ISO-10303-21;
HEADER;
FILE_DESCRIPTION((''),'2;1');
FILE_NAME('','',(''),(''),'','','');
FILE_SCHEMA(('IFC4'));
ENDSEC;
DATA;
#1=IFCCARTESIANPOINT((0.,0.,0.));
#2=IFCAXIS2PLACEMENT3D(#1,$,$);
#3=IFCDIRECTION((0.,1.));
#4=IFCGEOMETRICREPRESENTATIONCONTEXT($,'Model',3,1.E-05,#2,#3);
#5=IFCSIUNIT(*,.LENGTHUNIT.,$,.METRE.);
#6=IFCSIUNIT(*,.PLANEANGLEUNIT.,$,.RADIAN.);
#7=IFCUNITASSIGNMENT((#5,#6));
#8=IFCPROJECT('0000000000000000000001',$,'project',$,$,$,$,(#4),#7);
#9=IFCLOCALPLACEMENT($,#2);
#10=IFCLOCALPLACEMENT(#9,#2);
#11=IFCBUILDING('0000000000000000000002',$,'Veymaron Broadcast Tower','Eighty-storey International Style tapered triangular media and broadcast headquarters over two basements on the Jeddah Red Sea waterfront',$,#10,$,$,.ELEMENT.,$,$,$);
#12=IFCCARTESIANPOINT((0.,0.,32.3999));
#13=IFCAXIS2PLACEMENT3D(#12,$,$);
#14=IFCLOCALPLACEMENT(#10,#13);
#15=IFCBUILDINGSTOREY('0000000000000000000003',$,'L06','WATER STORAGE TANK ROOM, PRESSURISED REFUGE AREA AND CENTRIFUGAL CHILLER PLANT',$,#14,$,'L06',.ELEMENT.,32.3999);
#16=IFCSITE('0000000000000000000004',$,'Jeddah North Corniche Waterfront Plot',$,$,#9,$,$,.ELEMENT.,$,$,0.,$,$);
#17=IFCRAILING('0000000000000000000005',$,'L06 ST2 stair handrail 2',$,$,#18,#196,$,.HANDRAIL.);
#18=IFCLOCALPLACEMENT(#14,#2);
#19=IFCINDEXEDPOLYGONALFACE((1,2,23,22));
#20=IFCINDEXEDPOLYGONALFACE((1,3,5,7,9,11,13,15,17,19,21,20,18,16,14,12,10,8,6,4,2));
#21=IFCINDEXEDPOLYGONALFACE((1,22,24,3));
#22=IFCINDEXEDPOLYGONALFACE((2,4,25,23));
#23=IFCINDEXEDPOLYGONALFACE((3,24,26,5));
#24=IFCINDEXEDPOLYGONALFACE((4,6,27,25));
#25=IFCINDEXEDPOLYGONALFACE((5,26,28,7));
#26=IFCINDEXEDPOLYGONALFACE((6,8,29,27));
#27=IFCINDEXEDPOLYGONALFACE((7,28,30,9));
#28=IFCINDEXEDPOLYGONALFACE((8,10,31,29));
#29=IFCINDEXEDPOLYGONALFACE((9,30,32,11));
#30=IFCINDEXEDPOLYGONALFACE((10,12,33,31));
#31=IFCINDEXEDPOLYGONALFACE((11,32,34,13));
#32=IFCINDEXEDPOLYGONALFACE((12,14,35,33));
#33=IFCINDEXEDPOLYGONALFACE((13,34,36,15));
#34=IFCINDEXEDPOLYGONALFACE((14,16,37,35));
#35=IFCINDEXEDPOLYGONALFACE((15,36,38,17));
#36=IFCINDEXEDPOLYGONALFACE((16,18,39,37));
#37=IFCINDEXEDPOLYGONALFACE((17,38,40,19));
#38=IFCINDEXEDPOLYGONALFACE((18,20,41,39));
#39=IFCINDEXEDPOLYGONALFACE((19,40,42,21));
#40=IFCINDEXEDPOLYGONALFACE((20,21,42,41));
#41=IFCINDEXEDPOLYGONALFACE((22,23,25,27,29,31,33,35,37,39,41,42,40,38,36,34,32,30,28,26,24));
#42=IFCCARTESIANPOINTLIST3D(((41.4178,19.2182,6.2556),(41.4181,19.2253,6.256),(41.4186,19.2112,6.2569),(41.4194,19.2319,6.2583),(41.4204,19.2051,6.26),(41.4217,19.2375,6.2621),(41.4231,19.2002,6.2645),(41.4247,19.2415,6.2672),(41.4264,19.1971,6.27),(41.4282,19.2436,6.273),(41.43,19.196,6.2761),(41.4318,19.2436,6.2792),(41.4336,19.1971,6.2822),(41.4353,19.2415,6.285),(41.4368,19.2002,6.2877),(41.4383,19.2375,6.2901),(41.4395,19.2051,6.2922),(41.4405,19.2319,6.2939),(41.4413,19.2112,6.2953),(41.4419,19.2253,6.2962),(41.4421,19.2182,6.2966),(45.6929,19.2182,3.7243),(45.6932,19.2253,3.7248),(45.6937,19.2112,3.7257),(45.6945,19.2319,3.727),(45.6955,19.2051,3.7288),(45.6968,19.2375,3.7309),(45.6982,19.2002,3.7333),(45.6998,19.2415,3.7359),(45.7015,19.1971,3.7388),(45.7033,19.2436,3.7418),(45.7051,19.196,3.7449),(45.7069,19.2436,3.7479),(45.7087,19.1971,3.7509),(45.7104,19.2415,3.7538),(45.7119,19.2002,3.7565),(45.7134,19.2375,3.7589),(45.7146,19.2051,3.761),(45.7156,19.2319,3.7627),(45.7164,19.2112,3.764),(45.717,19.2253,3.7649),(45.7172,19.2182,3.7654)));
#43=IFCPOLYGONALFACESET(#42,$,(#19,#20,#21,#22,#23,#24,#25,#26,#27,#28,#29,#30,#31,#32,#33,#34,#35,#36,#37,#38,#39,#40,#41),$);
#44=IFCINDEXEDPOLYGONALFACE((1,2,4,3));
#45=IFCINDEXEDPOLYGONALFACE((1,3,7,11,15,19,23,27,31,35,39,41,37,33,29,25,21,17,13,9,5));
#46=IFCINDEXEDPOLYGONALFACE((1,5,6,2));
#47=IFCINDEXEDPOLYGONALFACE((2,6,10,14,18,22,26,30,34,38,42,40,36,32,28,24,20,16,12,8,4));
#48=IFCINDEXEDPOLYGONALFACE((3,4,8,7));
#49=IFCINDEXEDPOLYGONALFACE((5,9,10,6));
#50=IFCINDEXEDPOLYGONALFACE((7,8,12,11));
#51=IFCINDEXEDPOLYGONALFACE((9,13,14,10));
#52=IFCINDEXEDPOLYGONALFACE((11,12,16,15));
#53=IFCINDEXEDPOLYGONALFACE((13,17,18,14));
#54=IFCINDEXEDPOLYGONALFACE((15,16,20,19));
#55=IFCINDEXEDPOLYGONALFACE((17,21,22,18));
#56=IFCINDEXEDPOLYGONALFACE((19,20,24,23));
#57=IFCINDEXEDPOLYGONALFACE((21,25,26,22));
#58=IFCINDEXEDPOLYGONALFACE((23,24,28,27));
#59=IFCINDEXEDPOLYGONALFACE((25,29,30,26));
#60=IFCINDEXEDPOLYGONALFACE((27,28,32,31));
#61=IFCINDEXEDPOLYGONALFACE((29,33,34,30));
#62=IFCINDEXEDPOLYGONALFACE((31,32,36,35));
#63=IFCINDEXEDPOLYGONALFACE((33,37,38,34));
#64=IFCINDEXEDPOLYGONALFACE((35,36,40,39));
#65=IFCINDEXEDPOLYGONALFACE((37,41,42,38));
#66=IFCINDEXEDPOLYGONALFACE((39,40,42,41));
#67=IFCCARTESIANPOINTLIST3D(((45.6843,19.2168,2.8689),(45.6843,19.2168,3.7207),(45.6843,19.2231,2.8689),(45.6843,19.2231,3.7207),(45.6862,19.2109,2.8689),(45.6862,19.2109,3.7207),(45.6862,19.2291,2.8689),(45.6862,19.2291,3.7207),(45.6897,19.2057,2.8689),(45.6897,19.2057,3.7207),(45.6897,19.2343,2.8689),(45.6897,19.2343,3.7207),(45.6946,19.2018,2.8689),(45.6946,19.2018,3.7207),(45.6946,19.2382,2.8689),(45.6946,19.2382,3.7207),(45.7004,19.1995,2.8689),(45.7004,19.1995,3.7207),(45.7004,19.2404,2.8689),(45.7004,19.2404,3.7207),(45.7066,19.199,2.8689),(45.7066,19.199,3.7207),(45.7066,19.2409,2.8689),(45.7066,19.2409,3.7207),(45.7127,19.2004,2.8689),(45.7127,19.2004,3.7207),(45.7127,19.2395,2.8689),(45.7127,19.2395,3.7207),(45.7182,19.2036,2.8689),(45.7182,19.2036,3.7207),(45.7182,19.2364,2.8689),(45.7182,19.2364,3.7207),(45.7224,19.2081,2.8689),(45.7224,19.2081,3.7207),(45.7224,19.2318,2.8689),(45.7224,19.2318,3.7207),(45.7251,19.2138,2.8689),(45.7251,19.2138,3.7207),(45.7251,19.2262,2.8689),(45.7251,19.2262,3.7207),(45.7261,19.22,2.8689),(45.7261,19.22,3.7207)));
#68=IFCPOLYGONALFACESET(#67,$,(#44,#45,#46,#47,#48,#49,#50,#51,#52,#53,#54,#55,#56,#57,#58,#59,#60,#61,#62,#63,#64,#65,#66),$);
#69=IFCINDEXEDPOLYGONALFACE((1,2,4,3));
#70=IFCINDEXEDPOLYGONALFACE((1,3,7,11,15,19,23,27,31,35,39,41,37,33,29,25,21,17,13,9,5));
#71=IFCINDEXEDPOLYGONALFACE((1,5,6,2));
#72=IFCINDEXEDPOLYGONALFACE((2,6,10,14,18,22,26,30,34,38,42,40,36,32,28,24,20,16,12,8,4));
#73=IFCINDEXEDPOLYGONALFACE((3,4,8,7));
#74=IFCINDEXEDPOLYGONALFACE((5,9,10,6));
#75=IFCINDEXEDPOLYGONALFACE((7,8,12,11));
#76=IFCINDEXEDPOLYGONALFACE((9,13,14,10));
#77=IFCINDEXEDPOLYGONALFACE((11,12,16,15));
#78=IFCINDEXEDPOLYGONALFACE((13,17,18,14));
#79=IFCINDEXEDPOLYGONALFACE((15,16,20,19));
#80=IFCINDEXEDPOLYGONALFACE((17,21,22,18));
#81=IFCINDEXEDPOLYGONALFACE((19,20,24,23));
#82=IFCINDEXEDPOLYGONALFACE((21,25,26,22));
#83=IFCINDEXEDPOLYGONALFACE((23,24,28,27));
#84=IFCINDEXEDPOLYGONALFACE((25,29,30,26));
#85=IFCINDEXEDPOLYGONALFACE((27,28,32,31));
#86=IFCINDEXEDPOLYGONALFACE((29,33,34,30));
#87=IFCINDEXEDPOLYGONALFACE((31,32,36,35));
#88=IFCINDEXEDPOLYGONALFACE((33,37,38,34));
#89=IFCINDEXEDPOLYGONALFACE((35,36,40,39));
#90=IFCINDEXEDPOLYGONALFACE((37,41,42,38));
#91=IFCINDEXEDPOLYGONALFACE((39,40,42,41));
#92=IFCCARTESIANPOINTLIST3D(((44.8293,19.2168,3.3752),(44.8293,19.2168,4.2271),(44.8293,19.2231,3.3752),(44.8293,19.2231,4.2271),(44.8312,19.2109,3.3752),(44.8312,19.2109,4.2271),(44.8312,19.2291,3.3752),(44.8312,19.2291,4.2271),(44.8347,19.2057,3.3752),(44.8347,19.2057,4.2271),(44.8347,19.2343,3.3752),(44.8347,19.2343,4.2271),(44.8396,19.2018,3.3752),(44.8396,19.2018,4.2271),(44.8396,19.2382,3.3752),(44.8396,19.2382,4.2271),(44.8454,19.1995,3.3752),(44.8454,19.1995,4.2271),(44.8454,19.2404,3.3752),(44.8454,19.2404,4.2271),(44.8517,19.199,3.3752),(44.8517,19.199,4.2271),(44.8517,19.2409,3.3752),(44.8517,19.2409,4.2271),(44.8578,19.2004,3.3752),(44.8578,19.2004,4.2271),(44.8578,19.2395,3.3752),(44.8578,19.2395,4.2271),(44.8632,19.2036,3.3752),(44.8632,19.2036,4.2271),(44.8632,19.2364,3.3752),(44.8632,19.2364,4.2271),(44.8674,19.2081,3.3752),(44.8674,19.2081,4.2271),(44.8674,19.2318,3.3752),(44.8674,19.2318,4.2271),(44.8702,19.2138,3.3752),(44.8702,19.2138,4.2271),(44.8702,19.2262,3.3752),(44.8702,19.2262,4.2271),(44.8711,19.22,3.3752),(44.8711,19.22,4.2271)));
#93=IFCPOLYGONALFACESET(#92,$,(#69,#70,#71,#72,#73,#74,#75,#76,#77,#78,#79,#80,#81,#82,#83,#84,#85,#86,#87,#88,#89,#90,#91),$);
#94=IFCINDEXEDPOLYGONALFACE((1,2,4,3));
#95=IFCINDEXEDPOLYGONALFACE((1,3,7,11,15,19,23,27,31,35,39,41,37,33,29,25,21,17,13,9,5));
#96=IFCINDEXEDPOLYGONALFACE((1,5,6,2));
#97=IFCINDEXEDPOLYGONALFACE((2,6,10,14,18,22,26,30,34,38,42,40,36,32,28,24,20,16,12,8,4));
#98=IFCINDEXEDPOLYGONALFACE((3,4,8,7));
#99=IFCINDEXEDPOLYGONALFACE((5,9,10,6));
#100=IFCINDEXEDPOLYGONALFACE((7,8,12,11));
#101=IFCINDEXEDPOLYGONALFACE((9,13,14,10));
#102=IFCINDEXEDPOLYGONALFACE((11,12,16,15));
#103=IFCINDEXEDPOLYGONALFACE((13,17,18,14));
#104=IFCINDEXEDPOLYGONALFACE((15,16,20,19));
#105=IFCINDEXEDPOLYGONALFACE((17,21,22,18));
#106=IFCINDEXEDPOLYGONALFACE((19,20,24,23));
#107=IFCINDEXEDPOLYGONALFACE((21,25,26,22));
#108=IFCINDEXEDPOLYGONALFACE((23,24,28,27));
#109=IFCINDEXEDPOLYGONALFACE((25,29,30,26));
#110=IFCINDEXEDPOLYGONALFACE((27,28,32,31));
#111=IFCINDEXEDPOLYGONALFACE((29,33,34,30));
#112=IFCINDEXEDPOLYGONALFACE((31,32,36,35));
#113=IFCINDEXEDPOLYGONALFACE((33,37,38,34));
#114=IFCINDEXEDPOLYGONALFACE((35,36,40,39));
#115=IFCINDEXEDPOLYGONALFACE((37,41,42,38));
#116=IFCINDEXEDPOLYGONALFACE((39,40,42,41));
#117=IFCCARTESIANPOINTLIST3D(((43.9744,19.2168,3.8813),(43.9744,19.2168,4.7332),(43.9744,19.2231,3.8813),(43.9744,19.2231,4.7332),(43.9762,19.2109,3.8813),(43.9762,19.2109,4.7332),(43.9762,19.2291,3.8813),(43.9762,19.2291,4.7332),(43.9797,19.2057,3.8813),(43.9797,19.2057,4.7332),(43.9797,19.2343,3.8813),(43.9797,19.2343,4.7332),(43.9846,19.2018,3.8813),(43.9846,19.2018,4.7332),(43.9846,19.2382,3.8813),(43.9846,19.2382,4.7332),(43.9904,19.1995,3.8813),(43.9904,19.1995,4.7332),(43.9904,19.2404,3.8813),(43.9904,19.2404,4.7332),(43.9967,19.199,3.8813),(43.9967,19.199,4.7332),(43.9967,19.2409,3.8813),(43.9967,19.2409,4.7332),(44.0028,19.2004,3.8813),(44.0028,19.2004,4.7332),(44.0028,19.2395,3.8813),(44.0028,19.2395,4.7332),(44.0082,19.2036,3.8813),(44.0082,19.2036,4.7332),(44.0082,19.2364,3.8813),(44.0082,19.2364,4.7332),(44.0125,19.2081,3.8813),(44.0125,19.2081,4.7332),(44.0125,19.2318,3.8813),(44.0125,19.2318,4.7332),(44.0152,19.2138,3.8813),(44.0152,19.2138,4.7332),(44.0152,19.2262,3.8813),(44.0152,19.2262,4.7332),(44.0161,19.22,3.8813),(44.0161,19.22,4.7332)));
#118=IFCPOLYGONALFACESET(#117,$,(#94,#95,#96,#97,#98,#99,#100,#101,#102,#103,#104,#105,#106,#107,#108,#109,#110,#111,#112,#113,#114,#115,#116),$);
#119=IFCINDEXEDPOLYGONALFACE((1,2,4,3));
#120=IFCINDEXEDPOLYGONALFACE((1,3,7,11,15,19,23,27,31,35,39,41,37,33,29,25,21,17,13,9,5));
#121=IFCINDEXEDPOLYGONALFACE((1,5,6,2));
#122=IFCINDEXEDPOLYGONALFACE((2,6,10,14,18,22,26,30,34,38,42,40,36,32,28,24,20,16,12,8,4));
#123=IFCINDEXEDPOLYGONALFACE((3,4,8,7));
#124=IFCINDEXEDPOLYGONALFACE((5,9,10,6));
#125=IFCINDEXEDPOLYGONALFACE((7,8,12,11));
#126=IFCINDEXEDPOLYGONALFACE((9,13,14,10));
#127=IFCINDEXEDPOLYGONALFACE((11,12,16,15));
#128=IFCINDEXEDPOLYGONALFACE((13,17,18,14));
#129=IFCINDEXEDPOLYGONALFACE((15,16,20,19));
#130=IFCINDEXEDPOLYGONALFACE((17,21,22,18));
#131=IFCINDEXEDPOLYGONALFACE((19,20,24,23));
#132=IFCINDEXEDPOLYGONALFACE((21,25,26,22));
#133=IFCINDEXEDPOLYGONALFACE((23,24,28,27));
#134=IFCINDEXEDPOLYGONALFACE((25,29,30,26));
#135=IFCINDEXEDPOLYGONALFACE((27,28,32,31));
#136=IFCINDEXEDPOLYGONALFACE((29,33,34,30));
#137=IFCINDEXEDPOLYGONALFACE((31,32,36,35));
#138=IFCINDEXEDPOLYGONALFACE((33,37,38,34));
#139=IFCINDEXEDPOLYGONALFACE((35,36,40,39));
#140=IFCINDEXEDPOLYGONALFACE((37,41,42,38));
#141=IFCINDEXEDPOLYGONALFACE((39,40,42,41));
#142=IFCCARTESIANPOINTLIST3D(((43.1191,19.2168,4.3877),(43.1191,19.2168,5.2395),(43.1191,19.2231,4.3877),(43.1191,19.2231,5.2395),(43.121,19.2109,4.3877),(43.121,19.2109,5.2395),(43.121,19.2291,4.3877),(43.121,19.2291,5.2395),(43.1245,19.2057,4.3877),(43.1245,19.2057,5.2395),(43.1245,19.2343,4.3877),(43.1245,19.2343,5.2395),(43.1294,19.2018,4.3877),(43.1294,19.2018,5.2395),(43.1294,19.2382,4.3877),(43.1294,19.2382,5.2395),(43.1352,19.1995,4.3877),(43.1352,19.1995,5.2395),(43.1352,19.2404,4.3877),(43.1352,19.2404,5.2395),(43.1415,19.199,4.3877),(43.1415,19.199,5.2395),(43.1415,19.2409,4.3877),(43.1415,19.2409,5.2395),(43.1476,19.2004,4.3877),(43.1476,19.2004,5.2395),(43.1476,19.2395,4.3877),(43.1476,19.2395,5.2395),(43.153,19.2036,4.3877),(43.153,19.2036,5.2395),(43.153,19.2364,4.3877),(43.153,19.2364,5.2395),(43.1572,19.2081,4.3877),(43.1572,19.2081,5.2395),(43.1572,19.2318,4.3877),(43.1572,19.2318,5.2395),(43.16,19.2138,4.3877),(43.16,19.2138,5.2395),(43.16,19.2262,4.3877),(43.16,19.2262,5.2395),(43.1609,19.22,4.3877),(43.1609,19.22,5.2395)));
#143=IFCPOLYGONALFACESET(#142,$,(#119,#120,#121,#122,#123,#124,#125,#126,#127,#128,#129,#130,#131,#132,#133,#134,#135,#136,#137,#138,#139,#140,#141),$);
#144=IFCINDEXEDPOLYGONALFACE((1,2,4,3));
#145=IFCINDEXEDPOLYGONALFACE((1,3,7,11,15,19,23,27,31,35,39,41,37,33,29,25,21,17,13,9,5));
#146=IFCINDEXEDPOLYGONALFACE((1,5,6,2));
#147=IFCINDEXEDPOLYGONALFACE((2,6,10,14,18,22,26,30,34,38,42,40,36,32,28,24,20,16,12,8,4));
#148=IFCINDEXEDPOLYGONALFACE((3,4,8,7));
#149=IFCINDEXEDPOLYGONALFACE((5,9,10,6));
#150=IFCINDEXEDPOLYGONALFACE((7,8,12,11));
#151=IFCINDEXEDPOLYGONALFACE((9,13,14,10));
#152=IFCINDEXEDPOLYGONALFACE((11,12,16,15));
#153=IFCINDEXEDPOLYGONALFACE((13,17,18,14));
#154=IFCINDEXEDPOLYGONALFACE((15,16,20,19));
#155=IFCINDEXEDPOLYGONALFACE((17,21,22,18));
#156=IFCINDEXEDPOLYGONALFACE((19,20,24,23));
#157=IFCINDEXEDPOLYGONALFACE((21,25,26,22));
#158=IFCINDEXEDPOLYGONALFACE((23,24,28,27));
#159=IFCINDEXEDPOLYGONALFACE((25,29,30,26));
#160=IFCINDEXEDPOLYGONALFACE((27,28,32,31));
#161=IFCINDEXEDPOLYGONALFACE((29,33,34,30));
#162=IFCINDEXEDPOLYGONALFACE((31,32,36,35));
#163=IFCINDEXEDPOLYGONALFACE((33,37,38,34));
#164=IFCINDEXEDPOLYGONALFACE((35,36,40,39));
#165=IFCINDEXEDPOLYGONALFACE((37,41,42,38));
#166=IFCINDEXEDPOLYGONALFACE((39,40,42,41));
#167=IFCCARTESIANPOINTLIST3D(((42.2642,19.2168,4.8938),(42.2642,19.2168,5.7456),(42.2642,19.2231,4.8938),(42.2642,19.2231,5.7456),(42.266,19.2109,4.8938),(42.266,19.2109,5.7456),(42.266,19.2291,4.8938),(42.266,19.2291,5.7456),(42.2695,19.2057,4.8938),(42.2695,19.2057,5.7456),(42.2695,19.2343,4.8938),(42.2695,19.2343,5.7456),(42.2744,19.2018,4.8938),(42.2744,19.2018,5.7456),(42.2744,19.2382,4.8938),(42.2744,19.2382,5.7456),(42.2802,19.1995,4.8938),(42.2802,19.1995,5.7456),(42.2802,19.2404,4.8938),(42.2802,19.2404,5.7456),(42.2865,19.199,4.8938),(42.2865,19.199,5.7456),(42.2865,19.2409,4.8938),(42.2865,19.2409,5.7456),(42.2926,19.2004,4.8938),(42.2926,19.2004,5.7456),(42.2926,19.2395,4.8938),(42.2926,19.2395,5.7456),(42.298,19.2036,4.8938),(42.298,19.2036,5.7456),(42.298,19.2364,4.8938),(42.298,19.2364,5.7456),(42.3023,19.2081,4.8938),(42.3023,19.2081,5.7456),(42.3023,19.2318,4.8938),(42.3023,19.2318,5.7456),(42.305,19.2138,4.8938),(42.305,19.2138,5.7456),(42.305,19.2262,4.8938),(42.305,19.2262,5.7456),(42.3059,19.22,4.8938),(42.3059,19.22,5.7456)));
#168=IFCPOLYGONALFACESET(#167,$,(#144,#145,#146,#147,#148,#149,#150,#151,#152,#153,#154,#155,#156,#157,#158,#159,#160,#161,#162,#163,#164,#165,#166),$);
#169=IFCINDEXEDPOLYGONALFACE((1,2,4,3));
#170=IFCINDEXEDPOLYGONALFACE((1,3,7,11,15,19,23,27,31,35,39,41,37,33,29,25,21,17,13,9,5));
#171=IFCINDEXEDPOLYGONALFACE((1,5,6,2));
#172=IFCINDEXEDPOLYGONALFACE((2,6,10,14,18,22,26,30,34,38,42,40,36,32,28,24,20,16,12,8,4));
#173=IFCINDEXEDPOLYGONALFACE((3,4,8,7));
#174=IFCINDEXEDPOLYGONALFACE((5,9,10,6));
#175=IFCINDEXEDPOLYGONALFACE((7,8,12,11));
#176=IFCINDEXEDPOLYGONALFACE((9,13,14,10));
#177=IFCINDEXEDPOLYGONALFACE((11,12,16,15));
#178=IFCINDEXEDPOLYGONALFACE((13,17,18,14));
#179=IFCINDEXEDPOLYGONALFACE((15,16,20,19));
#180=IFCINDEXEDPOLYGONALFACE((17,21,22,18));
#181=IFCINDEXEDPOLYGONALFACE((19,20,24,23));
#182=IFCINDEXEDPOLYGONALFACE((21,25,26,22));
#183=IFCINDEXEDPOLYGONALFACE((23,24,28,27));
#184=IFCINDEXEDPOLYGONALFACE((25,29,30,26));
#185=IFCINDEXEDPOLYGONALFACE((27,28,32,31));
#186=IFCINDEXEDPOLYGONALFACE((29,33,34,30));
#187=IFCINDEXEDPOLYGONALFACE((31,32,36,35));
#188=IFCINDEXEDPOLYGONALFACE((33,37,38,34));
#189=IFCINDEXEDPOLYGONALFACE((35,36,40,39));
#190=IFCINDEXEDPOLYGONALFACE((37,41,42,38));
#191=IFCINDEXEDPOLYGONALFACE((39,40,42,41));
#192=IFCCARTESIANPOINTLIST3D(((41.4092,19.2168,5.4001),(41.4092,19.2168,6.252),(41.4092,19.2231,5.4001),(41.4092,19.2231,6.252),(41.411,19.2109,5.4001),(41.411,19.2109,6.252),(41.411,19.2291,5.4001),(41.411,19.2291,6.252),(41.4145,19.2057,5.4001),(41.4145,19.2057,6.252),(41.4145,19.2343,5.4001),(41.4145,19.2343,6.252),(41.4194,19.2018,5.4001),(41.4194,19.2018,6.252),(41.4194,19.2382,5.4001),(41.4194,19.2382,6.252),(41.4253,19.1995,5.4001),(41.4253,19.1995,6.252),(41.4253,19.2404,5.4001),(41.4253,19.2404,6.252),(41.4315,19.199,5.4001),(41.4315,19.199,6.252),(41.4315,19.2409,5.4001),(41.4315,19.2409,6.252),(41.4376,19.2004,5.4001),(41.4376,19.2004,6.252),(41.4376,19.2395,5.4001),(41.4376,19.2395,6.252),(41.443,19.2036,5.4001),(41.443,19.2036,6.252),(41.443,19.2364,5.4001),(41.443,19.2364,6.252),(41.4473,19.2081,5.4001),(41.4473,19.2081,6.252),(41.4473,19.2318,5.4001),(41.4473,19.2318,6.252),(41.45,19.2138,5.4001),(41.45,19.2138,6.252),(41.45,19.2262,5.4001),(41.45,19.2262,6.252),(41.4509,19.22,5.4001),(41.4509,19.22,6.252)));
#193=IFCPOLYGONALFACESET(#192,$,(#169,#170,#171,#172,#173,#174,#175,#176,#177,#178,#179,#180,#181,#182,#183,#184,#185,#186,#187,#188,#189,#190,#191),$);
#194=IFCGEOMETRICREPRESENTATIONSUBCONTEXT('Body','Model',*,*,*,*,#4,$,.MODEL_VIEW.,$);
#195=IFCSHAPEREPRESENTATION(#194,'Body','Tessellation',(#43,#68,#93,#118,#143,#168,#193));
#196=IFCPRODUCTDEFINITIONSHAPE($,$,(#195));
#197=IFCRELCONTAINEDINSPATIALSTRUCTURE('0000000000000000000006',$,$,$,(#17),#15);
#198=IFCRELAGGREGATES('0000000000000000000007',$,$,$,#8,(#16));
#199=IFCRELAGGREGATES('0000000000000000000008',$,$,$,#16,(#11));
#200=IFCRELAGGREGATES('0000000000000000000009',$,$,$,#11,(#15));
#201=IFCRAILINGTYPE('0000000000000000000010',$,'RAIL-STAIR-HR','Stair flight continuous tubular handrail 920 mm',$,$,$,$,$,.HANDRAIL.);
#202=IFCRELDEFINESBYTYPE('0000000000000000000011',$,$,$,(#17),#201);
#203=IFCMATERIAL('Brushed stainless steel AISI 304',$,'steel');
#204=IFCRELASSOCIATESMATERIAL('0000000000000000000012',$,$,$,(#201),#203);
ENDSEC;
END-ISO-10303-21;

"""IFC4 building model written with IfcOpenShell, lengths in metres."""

from ifc_helpers import new_model, si_unit, direction, frame, origin, origin_2d, place, context, subcontext, project, spatial, circle, extrude, material, type_object, element, save


model = new_model("IFC4")

# Units and contexts
model_context = context("Model", 3, precision=1e-05, world=origin(), true_north=direction((0.0, 1.0)))
body_context = subcontext(model_context, "Body", "Model", "MODEL_VIEW")
ifc_project = project(units=[si_unit("LENGTHUNIT", "METRE"), si_unit("PLANEANGLEUNIT", "RADIAN")], contexts=[model_context])

# Site, building, storey
site_placement = place(None, origin())
site = spatial("IfcSite", under=ifc_project, at=site_placement, Name="Jeddah North Corniche Waterfront Plot", CompositionType="ELEMENT", RefElevation=0.0)
building_placement = place(site_placement, origin())
building = spatial("IfcBuilding", under=site, at=building_placement, Name="Veymaron Broadcast Tower", Description="Eighty-storey International Style tapered triangular media and broadcast headquarters over two basements on the Jeddah Red Sea waterfront", CompositionType="ELEMENT")
storey_placement = place(building_placement, frame((0.0, 0.0, 32.3999)))
storey = spatial("IfcBuildingStorey", under=building, at=storey_placement, Name="L06", Description="WATER STORAGE TANK ROOM, PRESSURISED REFUGE AREA AND CENTRIFUGAL CHILLER PLANT", LongName="L06", CompositionType="ELEMENT", Elevation=32.3999)

# Shared definitions
ifc_material_1 = material(Name="Brushed stainless steel AISI 304", Category="steel")

# Railing
railing_type_1 = type_object("IfcRailingType", Name="RAIL-STAIR-HR", Description="Stair flight continuous tubular handrail 920 mm", PredefinedType="HANDRAIL", material=ifc_material_1)
railing_1_placement = place(storey_placement, frame((45.7051, 19.22, 2.8689)))
element("IfcRailing", 1, at=railing_1_placement, inside=storey, type_object=railing_type_1, Name="L06 ST2 stair handrail 2", PredefinedType="HANDRAIL", context=body_context, shape_type="SweptSolid", body=[
    extrude(circle(Radius=0.0239, at=origin_2d()), frame((0.0, 0.0, 0.876), z_axis=(-0.860483, 0.0, 0.509479), x_axis=(0.0, -1.0, 0.0)), (0.0, 0.0, 1.0), 4.9683),
    extrude(circle(Radius=0.021, at=origin_2d()), origin(), (0.0, 0.0, 1.0), 0.8518),
    extrude(circle(Radius=0.021, at=origin_2d()), frame((-0.855, 0.0, 0.5063)), (0.0, 0.0, 1.0), 0.8518),
    extrude(circle(Radius=0.021, at=origin_2d()), frame((-1.71, 0.0, 1.0125)), (0.0, 0.0, 1.0), 0.8518),
    extrude(circle(Radius=0.021, at=origin_2d()), frame((-2.5652, 0.0, 1.5188)), (0.0, 0.0, 1.0), 0.8518),
    extrude(circle(Radius=0.021, at=origin_2d()), frame((-3.4202, 0.0, 2.0249)), (0.0, 0.0, 1.0), 0.8518),
    extrude(circle(Radius=0.021, at=origin_2d()), frame((-4.2751, 0.0, 2.5312)), (0.0, 0.0, 1.0), 0.8518),
])

save(model, "model.ifc")
